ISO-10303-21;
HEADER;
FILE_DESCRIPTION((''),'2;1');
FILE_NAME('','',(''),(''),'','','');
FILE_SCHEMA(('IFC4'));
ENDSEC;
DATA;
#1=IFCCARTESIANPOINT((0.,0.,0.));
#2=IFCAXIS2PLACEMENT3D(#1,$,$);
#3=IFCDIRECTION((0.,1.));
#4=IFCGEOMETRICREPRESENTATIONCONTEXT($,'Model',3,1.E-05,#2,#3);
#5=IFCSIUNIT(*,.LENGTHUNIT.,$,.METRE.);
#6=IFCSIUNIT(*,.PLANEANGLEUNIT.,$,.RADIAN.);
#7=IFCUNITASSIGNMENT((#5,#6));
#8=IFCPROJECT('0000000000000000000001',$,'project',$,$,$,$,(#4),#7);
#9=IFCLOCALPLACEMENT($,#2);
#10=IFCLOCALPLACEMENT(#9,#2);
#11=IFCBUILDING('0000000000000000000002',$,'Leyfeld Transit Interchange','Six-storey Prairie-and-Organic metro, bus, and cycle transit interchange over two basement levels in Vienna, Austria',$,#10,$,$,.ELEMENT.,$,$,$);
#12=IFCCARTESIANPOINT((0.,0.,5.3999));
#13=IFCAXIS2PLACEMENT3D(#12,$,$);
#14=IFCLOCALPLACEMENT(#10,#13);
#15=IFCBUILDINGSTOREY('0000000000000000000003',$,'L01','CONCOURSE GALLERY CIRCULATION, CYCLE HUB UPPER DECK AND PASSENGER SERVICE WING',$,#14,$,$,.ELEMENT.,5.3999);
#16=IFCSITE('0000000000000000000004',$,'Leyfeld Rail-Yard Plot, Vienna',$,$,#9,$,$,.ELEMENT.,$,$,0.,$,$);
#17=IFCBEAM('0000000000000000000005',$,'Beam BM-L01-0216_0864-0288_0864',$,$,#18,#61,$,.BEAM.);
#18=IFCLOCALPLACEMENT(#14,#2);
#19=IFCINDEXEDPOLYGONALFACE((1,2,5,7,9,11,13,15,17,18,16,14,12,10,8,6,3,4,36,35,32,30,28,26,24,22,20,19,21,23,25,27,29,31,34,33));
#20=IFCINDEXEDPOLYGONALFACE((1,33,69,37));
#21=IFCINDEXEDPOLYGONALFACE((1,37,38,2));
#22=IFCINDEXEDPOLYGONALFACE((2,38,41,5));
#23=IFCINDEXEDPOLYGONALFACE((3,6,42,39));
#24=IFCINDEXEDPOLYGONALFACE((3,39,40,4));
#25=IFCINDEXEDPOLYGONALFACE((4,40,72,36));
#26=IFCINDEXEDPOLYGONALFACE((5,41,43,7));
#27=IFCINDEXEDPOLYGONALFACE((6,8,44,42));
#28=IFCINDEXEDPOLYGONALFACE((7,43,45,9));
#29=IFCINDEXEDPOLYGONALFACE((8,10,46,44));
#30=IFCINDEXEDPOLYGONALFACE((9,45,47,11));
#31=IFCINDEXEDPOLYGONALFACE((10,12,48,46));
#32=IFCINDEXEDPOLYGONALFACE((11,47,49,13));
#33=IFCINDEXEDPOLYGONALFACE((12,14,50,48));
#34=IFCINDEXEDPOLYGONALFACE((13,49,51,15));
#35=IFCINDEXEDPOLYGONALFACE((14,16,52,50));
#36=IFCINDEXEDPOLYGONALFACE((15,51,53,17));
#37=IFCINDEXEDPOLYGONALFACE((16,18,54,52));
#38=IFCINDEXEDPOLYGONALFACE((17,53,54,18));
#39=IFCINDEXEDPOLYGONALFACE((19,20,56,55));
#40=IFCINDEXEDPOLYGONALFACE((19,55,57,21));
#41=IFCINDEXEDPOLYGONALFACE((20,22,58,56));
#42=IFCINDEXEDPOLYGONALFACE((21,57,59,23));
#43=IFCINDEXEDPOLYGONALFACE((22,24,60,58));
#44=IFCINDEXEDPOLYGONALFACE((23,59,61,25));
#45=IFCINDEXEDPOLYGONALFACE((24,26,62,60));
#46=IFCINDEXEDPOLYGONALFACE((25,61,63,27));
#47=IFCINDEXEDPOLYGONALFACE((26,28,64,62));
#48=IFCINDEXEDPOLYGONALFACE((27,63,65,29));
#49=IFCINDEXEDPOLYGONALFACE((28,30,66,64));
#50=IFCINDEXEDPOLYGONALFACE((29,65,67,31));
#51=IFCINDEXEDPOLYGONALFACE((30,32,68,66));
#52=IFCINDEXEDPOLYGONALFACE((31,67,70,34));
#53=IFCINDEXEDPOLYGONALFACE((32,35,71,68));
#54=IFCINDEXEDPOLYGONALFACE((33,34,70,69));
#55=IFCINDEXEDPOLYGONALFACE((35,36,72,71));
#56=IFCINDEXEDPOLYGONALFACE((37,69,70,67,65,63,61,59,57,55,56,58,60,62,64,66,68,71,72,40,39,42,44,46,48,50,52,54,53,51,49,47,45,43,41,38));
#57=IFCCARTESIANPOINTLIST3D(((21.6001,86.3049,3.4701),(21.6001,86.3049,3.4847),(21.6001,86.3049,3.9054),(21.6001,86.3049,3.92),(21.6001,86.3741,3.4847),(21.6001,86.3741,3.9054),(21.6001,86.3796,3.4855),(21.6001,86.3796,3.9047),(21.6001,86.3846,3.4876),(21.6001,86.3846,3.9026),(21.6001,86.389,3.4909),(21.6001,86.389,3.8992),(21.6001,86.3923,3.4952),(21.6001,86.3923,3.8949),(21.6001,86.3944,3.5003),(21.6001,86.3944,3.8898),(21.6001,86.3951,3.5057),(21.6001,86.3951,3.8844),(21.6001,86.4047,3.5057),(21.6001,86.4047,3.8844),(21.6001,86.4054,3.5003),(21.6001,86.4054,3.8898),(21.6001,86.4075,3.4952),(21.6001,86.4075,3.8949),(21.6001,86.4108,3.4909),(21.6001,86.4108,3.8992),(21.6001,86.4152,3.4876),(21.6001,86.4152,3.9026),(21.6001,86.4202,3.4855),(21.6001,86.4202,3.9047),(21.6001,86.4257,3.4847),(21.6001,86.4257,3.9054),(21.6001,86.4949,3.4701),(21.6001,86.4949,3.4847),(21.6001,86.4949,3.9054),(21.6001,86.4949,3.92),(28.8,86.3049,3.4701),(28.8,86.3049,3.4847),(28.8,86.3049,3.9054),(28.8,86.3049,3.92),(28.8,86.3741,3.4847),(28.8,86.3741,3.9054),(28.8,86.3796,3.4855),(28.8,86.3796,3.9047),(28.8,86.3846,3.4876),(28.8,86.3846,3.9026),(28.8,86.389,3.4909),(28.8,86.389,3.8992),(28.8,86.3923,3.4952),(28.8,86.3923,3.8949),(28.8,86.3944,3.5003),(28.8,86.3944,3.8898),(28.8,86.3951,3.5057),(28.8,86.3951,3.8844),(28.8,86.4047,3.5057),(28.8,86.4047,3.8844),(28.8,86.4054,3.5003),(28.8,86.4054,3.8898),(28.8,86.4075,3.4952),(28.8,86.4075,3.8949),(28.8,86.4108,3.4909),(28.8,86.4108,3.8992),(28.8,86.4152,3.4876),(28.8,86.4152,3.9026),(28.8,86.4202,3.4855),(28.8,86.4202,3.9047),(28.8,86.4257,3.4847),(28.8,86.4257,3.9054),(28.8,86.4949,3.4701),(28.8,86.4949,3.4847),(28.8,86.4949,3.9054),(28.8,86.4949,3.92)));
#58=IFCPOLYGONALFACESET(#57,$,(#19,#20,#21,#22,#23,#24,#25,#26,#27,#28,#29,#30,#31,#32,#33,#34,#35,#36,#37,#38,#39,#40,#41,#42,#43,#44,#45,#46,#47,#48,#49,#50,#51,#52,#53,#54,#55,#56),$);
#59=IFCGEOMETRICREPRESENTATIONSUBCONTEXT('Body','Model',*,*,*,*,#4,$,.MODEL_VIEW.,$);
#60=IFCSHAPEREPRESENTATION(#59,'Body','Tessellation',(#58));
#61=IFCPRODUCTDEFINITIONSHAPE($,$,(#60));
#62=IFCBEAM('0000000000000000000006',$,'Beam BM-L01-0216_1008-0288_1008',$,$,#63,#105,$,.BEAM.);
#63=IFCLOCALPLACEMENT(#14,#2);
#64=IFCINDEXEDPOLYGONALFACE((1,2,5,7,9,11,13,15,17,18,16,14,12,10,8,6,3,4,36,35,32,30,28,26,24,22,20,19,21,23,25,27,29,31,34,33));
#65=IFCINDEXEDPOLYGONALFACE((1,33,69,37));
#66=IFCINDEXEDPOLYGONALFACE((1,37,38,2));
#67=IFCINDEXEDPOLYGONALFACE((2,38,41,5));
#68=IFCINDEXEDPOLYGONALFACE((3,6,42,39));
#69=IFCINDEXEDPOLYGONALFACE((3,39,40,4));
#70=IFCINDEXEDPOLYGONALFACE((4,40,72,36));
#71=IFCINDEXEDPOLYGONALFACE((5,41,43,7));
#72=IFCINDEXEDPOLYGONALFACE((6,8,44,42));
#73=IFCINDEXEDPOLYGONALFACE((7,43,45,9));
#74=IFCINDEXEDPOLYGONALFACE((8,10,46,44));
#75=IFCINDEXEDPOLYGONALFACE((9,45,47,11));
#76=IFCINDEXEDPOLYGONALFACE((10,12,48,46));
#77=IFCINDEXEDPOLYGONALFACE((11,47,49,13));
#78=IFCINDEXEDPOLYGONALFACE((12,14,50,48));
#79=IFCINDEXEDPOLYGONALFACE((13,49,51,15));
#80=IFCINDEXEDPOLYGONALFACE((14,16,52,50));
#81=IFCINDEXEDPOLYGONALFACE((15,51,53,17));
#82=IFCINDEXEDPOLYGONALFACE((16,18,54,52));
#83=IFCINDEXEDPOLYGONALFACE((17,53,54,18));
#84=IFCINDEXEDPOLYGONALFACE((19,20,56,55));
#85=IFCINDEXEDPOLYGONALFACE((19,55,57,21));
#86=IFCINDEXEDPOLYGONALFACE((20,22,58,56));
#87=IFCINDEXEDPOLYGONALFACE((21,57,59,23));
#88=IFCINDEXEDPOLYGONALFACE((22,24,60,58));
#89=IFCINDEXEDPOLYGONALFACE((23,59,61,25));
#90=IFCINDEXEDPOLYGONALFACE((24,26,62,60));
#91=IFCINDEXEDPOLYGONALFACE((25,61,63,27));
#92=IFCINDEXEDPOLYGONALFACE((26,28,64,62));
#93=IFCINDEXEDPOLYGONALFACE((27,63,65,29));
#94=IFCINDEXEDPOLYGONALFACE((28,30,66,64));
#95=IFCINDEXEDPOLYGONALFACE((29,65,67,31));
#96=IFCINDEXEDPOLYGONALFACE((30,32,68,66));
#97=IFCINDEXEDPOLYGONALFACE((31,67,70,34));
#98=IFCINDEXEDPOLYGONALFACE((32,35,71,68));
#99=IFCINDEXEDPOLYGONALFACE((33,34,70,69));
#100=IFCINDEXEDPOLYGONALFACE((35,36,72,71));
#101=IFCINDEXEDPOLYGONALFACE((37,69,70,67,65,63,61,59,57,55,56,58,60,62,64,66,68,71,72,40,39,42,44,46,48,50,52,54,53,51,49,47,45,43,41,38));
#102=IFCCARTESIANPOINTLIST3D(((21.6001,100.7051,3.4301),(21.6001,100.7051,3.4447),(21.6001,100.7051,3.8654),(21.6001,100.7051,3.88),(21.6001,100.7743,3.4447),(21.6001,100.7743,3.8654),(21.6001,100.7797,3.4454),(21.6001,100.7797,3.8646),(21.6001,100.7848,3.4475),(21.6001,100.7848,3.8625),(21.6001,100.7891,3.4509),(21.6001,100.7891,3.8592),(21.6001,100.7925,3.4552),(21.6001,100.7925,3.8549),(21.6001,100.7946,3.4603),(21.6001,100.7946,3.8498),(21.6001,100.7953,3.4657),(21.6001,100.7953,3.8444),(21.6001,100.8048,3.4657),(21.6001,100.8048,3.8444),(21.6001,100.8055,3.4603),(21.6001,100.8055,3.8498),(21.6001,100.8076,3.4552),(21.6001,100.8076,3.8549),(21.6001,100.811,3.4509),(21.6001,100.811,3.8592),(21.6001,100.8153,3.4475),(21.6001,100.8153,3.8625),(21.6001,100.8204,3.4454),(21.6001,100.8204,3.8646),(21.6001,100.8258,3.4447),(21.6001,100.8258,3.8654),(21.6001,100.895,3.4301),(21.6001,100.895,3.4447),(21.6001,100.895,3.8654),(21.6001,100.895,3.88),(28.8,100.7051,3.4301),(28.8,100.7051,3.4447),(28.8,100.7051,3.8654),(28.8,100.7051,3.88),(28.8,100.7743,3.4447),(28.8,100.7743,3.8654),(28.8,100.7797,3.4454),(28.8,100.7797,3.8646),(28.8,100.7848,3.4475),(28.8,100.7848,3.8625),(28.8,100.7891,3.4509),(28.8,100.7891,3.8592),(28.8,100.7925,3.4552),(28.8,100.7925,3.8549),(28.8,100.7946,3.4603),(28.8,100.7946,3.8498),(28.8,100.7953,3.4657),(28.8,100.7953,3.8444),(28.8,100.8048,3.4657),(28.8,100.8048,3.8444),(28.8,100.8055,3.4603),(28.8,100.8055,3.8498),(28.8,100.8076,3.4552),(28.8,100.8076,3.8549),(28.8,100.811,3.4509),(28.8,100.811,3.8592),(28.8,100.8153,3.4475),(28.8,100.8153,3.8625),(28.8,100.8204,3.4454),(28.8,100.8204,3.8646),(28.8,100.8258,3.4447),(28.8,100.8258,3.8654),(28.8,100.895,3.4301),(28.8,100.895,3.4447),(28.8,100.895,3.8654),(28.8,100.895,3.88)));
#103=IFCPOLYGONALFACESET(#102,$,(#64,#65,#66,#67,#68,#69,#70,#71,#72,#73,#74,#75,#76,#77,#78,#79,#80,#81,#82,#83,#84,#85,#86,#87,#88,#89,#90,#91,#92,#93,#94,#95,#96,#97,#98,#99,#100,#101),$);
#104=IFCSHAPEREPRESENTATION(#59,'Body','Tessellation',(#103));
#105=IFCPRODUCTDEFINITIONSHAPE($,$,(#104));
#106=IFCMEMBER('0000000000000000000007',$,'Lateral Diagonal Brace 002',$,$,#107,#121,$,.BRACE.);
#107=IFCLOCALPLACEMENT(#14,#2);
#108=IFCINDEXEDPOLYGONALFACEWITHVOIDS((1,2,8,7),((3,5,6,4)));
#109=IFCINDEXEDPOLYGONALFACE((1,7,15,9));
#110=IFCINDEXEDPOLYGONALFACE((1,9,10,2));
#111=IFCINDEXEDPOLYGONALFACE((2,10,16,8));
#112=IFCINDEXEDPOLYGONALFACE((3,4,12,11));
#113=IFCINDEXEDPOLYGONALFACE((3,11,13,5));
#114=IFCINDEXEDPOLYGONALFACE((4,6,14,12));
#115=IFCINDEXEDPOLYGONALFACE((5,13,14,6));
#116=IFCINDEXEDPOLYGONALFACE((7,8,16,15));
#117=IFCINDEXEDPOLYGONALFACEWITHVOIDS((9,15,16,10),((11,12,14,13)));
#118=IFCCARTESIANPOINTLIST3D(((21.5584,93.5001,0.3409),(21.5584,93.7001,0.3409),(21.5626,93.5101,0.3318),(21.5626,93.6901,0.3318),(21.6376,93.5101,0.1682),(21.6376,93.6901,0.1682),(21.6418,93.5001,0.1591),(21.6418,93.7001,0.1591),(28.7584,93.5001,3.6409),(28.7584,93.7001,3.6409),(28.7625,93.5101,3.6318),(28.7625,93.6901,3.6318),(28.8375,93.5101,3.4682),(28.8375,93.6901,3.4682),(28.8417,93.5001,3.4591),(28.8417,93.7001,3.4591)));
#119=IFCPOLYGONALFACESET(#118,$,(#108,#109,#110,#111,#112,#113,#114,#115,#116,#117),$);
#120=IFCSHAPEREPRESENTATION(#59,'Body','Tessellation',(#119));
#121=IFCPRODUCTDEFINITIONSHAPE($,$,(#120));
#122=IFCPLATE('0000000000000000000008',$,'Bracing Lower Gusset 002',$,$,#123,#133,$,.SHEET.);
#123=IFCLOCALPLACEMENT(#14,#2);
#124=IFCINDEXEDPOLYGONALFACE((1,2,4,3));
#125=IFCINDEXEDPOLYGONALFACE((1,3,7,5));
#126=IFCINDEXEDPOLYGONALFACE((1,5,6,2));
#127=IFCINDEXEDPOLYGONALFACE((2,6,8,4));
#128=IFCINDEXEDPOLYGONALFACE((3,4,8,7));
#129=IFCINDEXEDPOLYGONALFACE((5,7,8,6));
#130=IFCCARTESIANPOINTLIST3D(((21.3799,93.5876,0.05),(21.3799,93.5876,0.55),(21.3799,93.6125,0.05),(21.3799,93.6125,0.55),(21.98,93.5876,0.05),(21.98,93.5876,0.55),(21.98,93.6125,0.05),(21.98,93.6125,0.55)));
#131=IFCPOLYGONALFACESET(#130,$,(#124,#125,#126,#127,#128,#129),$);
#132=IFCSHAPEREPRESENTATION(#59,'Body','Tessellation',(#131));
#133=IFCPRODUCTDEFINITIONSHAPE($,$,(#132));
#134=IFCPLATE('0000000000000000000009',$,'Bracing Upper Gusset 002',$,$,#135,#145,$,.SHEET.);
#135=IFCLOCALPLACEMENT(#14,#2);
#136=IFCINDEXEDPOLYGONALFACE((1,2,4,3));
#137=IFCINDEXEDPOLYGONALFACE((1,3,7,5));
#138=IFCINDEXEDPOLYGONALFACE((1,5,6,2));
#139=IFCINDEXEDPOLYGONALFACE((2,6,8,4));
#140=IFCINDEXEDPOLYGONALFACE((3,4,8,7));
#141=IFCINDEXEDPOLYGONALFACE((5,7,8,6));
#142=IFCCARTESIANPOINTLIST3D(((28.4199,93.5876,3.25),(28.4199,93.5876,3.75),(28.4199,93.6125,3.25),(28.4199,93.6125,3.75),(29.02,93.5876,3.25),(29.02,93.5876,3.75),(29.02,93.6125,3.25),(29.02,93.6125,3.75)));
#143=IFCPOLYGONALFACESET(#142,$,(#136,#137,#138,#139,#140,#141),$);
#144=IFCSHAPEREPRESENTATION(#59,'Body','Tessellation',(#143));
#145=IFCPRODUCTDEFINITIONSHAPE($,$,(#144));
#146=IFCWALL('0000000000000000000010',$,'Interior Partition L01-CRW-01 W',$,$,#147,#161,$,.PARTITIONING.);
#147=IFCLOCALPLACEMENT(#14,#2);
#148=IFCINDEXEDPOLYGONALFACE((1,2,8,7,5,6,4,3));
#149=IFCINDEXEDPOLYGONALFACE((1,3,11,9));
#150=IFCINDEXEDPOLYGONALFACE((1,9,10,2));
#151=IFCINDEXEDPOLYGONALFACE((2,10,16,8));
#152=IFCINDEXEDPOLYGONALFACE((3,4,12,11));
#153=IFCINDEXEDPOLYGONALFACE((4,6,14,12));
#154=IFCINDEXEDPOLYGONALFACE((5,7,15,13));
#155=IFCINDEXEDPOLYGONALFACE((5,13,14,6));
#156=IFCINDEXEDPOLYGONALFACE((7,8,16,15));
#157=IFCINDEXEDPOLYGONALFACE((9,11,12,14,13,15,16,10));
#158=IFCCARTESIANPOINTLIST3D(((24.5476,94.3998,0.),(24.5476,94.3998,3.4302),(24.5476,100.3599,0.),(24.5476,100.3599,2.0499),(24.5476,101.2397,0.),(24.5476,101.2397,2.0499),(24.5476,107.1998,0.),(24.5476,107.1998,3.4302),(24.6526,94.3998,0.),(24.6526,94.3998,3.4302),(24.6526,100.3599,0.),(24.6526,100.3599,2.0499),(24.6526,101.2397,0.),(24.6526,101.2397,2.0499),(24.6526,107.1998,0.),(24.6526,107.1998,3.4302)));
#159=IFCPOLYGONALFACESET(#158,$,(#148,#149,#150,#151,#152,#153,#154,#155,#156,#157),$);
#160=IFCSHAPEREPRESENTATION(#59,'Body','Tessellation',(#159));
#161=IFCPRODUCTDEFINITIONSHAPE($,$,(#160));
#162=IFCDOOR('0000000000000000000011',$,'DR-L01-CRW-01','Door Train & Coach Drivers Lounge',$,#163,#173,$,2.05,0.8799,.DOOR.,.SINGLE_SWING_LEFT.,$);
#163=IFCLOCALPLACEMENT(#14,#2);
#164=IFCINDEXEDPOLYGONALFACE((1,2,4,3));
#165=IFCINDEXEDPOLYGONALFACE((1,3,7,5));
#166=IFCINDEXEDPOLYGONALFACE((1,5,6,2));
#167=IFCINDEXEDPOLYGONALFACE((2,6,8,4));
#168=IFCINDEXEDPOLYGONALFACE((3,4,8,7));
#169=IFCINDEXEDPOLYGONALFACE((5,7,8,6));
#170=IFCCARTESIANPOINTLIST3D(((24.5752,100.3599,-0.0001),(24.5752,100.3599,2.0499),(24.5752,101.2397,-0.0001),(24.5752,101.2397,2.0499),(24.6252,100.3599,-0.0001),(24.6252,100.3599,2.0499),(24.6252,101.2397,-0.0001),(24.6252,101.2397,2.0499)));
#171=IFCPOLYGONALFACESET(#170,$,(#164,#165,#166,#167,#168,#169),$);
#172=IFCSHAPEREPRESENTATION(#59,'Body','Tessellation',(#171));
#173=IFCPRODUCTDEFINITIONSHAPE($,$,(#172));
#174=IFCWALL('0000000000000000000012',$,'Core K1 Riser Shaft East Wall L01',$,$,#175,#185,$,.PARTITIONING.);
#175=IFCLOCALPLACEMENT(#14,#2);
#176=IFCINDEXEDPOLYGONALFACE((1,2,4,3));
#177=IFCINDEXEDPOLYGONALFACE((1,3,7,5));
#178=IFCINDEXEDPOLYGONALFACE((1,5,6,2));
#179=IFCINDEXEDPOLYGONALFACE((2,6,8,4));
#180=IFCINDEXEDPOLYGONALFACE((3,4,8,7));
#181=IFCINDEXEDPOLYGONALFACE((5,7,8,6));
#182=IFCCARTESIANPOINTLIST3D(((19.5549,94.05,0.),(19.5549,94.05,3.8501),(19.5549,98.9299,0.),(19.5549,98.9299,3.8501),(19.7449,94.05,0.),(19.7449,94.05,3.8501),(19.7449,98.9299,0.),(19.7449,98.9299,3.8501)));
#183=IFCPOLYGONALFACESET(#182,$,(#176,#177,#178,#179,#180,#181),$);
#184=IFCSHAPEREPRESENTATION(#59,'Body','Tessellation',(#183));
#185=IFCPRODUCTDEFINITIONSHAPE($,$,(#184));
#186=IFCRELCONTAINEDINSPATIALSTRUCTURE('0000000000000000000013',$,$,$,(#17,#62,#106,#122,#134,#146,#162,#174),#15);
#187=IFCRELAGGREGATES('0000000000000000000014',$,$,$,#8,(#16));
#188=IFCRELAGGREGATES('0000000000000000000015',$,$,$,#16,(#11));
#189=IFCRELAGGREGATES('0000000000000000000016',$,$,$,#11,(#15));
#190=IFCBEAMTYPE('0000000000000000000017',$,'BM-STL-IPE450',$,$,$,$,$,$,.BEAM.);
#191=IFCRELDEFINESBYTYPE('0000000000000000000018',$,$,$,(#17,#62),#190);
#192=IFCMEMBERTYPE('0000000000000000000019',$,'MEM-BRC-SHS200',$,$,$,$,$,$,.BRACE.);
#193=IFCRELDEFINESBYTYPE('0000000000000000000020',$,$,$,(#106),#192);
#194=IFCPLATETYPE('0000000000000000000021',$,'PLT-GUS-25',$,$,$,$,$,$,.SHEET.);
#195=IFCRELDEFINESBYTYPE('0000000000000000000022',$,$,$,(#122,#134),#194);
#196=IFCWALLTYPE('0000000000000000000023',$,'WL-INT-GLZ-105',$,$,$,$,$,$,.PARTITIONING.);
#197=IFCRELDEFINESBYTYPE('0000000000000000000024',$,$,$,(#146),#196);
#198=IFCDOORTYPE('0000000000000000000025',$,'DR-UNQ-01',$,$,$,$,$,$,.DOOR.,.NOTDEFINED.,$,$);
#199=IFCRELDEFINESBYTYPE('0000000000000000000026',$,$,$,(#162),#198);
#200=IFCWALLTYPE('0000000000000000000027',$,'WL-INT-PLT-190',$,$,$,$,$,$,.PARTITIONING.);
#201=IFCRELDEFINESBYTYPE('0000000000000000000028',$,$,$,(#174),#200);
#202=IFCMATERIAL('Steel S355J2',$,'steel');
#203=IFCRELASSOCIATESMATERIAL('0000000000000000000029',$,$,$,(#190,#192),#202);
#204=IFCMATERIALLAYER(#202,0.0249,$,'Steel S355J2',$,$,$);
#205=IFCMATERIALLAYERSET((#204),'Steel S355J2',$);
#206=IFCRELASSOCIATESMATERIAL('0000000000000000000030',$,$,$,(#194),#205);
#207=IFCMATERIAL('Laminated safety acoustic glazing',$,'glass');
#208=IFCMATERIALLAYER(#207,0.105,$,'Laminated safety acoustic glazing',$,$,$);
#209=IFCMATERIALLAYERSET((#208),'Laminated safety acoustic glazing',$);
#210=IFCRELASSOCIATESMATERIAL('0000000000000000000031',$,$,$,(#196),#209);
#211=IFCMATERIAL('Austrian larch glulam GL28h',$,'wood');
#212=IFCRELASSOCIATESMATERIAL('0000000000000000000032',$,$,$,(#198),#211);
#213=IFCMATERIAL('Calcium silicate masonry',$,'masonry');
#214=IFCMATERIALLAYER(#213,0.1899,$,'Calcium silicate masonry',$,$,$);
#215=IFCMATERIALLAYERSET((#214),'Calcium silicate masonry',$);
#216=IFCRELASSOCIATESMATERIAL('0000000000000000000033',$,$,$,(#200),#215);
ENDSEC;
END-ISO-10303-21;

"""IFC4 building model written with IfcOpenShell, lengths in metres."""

from ifc_helpers import new_model, si_unit, direction, frame, frame_2d, origin, origin_2d, place, context, subcontext, project, spatial, rectangle, hollow_rectangle, i_section, extrude, material, layer, layer_set, material_profile, profile_set, type_object, element, fill, save


model = new_model("IFC4")

# Units and contexts
model_context = context("Model", 3, precision=1e-05, world=origin(), true_north=direction((0.0, 1.0)))
body_context = subcontext(model_context, "Body", "Model", "MODEL_VIEW")
ifc_project = project(units=[si_unit("LENGTHUNIT", "METRE"), si_unit("PLANEANGLEUNIT", "RADIAN")], contexts=[model_context])

# Site, building, storey
site_placement = place(None, origin())
site = spatial("IfcSite", under=ifc_project, at=site_placement, Name="Leyfeld Rail-Yard Plot, Vienna", CompositionType="ELEMENT", RefElevation=0.0)
building_placement = place(site_placement, origin())
building = spatial("IfcBuilding", under=site, at=building_placement, Name="Leyfeld Transit Interchange", Description="Six-storey Prairie-and-Organic metro, bus, and cycle transit interchange over two basement levels in Vienna, Austria", CompositionType="ELEMENT")
storey_placement = place(building_placement, frame((0.0, 0.0, 5.3999)))
storey = spatial("IfcBuildingStorey", under=building, at=storey_placement, Name="L01", Description="CONCOURSE GALLERY CIRCULATION, CYCLE HUB UPPER DECK AND PASSENGER SERVICE WING", CompositionType="ELEMENT", Elevation=5.3999)

# Beams
ifc_material_1 = material(Name="Steel S355J2", Category="steel")
ifc_material_profile_1 = material_profile(ifc_material_1, i_section(OverallWidth=0.1899, OverallDepth=0.45, WebThickness=0.0095, FlangeThickness=0.0146, FilletRadius=0.021, at=origin_2d()), Name="IPE 450")
ifc_profile_set_1 = profile_set([ifc_material_profile_1], Name="Steel S355J2")
beam_type_1 = type_object("IfcBeamType", Name="BM-STL-IPE450", PredefinedType="BEAM", material=ifc_profile_set_1)
for number, where, z_axis, x_axis, name in (
    (1, (21.6001, 86.3999, 3.6951), (1.0, 0.0, 0.0), (0.0, 1.0, 0.0), "Beam BM-L01-0216_0864-0288_0864"),
    (2, (21.6001, 100.8, 3.655), (1.0, 0.0, 0.0), (0.0, 1.0, 0.0), "Beam BM-L01-0216_1008-0288_1008"),
):
    element("IfcBeam", number, at=place(storey_placement, frame(where, z_axis=z_axis, x_axis=x_axis)), inside=storey, type_object=beam_type_1, Name=name, PredefinedType="BEAM", context=body_context, shape_type="SweptSolid", body=[
        extrude(i_section(OverallWidth=0.1899, OverallDepth=0.45, WebThickness=0.0095, FlangeThickness=0.0146, FilletRadius=0.021, at=origin_2d()), origin(), (0.0, 0.0, 1.0), 7.2),
    ])

# Member
ifc_material_profile_2 = material_profile(ifc_material_1, hollow_rectangle(XDim=0.2, YDim=0.2, WallThickness=0.01, at=origin_2d()), Name="SHS 200x200x10")
ifc_profile_set_2 = profile_set([ifc_material_profile_2], Name="Steel S355J2")
member_type = type_object("IfcMemberType", Name="MEM-BRC-SHS200", PredefinedType="BRACE", material=ifc_profile_set_2)
member_placement = place(storey_placement, frame((21.6001, 93.6001, 0.25), z_axis=(0.909061, 0.0, 0.416662), x_axis=(0.0, 1.0, 0.0)))
element("IfcMember", 3, at=member_placement, inside=storey, type_object=member_type, Name="Lateral Diagonal Brace 002", PredefinedType="BRACE", context=body_context, shape_type="SweptSolid", body=[
    extrude(hollow_rectangle(XDim=0.2, YDim=0.2, WallThickness=0.01, at=origin_2d()), origin(), (0.0, 0.0, 1.0), 7.9202),
])

# Plates
ifc_layer_1 = layer(ifc_material_1, 0.0249, Name="Steel S355J2")
ifc_layer_set_1 = layer_set([ifc_layer_1], Name="Steel S355J2")
plate_type = type_object("IfcPlateType", Name="PLT-GUS-25", PredefinedType="SHEET", material=ifc_layer_set_1)
for number, where, z_axis, x_axis, name in (
    (4, (21.6799, 93.6001, 0.05), (0.0, 0.0, 1.0), (1.0, 0.0, 0.0), "Bracing Lower Gusset 002"),
    (5, (28.72, 93.6001, 3.25), (0.0, 0.0, 1.0), (1.0, 0.0, 0.0), "Bracing Upper Gusset 002"),
):
    element("IfcPlate", number, at=place(storey_placement, frame(where, z_axis=z_axis, x_axis=x_axis)), inside=storey, type_object=plate_type, Name=name, PredefinedType="SHEET", context=body_context, shape_type="SweptSolid", body=[
        extrude(rectangle(XDim=0.6001, YDim=0.0249, at=origin_2d()), origin(), (0.0, 0.0, 1.0), 0.5),
    ])

# Wall, opening, door
ifc_material_2 = material(Name="Laminated safety acoustic glazing", Category="glass")
ifc_layer_2 = layer(ifc_material_2, 0.105, Name="Laminated safety acoustic glazing")
ifc_layer_set_2 = layer_set([ifc_layer_2], Name="Laminated safety acoustic glazing")
wall_type_1 = type_object("IfcWallType", Name="WL-INT-GLZ-105", PredefinedType="PARTITIONING", material=ifc_layer_set_2)
wall_1_placement = place(storey_placement, frame((24.6001, 94.3999, 0.0), z_axis=(0.0, 0.0, 1.0), x_axis=(0.0, 1.0, 0.0)))
wall_1 = element("IfcWall", 6, at=wall_1_placement, inside=storey, type_object=wall_type_1, Name="Interior Partition L01-CRW-01 W", PredefinedType="PARTITIONING", context=body_context, shape_type="SweptSolid", body=[
    extrude(rectangle(XDim=12.8, YDim=0.105, at=frame_2d((6.3999, 0.0))), origin(), (0.0, 0.0, 1.0), 3.4302),
])
opening_1_placement = place(wall_1_placement, frame((5.96, 0.0, 0.0)))
opening_1 = element("IfcOpeningElement", 7, at=opening_1_placement, cuts=wall_1, PredefinedType="OPENING", context=body_context, shape_type="SweptSolid", body=[
    extrude(rectangle(XDim=0.8799, YDim=2.05, at=frame_2d((0.4399, 1.0249))), frame((0.0, 0.0625, 0.0), z_axis=(0.0, -1.0, 0.0), x_axis=(1.0, 0.0, 0.0)), (0.0, 0.0, 1.0), 0.125),
])
ifc_material_3 = material(Name="Austrian larch glulam GL28h", Category="wood")
door_type_1 = type_object("IfcDoorType", Name="DR-UNQ-01", OperationType="NOTDEFINED", PredefinedType="DOOR", material=ifc_material_3)
door_1_placement = place(opening_1_placement, origin())
door_1 = element("IfcDoor", 8, at=door_1_placement, inside=storey, type_object=door_type_1, Name="DR-L01-CRW-01", Description="Door Train & Coach Drivers Lounge", OperationType="SINGLE_SWING_LEFT", OverallHeight=2.05, OverallWidth=0.8799, PredefinedType="DOOR", context=body_context, shape_type="SweptSolid", body=[
    extrude(rectangle(XDim=0.8799, YDim=2.05, at=frame_2d((0.4399, 1.0249))), frame((0.0, 0.0249, 0.0), z_axis=(0.0, -1.0, 0.0), x_axis=(1.0, 0.0, 0.0)), (0.0, 0.0, 1.0), 0.05),
])
fill(opening_1, door_1)

# Wall
ifc_material_4 = material(Name="Calcium silicate masonry", Category="masonry")
ifc_layer_3 = layer(ifc_material_4, 0.1899, Name="Calcium silicate masonry")
ifc_layer_set_3 = layer_set([ifc_layer_3], Name="Calcium silicate masonry")
wall_type_2 = type_object("IfcWallType", Name="WL-INT-PLT-190", PredefinedType="PARTITIONING", material=ifc_layer_set_3)
wall_2_placement = place(storey_placement, frame((19.6499, 94.05, 0.0), z_axis=(0.0, 0.0, 1.0), x_axis=(0.0, 1.0, 0.0)))
element("IfcWall", 9, at=wall_2_placement, inside=storey, type_object=wall_type_2, Name="Core K1 Riser Shaft East Wall L01", PredefinedType="PARTITIONING", context=body_context, shape_type="SweptSolid", body=[
    extrude(rectangle(XDim=4.8799, YDim=0.1899, at=frame_2d((2.4399, 0.0))), origin(), (0.0, 0.0, 1.0), 3.8501),
])

save(model, "model.ifc")
